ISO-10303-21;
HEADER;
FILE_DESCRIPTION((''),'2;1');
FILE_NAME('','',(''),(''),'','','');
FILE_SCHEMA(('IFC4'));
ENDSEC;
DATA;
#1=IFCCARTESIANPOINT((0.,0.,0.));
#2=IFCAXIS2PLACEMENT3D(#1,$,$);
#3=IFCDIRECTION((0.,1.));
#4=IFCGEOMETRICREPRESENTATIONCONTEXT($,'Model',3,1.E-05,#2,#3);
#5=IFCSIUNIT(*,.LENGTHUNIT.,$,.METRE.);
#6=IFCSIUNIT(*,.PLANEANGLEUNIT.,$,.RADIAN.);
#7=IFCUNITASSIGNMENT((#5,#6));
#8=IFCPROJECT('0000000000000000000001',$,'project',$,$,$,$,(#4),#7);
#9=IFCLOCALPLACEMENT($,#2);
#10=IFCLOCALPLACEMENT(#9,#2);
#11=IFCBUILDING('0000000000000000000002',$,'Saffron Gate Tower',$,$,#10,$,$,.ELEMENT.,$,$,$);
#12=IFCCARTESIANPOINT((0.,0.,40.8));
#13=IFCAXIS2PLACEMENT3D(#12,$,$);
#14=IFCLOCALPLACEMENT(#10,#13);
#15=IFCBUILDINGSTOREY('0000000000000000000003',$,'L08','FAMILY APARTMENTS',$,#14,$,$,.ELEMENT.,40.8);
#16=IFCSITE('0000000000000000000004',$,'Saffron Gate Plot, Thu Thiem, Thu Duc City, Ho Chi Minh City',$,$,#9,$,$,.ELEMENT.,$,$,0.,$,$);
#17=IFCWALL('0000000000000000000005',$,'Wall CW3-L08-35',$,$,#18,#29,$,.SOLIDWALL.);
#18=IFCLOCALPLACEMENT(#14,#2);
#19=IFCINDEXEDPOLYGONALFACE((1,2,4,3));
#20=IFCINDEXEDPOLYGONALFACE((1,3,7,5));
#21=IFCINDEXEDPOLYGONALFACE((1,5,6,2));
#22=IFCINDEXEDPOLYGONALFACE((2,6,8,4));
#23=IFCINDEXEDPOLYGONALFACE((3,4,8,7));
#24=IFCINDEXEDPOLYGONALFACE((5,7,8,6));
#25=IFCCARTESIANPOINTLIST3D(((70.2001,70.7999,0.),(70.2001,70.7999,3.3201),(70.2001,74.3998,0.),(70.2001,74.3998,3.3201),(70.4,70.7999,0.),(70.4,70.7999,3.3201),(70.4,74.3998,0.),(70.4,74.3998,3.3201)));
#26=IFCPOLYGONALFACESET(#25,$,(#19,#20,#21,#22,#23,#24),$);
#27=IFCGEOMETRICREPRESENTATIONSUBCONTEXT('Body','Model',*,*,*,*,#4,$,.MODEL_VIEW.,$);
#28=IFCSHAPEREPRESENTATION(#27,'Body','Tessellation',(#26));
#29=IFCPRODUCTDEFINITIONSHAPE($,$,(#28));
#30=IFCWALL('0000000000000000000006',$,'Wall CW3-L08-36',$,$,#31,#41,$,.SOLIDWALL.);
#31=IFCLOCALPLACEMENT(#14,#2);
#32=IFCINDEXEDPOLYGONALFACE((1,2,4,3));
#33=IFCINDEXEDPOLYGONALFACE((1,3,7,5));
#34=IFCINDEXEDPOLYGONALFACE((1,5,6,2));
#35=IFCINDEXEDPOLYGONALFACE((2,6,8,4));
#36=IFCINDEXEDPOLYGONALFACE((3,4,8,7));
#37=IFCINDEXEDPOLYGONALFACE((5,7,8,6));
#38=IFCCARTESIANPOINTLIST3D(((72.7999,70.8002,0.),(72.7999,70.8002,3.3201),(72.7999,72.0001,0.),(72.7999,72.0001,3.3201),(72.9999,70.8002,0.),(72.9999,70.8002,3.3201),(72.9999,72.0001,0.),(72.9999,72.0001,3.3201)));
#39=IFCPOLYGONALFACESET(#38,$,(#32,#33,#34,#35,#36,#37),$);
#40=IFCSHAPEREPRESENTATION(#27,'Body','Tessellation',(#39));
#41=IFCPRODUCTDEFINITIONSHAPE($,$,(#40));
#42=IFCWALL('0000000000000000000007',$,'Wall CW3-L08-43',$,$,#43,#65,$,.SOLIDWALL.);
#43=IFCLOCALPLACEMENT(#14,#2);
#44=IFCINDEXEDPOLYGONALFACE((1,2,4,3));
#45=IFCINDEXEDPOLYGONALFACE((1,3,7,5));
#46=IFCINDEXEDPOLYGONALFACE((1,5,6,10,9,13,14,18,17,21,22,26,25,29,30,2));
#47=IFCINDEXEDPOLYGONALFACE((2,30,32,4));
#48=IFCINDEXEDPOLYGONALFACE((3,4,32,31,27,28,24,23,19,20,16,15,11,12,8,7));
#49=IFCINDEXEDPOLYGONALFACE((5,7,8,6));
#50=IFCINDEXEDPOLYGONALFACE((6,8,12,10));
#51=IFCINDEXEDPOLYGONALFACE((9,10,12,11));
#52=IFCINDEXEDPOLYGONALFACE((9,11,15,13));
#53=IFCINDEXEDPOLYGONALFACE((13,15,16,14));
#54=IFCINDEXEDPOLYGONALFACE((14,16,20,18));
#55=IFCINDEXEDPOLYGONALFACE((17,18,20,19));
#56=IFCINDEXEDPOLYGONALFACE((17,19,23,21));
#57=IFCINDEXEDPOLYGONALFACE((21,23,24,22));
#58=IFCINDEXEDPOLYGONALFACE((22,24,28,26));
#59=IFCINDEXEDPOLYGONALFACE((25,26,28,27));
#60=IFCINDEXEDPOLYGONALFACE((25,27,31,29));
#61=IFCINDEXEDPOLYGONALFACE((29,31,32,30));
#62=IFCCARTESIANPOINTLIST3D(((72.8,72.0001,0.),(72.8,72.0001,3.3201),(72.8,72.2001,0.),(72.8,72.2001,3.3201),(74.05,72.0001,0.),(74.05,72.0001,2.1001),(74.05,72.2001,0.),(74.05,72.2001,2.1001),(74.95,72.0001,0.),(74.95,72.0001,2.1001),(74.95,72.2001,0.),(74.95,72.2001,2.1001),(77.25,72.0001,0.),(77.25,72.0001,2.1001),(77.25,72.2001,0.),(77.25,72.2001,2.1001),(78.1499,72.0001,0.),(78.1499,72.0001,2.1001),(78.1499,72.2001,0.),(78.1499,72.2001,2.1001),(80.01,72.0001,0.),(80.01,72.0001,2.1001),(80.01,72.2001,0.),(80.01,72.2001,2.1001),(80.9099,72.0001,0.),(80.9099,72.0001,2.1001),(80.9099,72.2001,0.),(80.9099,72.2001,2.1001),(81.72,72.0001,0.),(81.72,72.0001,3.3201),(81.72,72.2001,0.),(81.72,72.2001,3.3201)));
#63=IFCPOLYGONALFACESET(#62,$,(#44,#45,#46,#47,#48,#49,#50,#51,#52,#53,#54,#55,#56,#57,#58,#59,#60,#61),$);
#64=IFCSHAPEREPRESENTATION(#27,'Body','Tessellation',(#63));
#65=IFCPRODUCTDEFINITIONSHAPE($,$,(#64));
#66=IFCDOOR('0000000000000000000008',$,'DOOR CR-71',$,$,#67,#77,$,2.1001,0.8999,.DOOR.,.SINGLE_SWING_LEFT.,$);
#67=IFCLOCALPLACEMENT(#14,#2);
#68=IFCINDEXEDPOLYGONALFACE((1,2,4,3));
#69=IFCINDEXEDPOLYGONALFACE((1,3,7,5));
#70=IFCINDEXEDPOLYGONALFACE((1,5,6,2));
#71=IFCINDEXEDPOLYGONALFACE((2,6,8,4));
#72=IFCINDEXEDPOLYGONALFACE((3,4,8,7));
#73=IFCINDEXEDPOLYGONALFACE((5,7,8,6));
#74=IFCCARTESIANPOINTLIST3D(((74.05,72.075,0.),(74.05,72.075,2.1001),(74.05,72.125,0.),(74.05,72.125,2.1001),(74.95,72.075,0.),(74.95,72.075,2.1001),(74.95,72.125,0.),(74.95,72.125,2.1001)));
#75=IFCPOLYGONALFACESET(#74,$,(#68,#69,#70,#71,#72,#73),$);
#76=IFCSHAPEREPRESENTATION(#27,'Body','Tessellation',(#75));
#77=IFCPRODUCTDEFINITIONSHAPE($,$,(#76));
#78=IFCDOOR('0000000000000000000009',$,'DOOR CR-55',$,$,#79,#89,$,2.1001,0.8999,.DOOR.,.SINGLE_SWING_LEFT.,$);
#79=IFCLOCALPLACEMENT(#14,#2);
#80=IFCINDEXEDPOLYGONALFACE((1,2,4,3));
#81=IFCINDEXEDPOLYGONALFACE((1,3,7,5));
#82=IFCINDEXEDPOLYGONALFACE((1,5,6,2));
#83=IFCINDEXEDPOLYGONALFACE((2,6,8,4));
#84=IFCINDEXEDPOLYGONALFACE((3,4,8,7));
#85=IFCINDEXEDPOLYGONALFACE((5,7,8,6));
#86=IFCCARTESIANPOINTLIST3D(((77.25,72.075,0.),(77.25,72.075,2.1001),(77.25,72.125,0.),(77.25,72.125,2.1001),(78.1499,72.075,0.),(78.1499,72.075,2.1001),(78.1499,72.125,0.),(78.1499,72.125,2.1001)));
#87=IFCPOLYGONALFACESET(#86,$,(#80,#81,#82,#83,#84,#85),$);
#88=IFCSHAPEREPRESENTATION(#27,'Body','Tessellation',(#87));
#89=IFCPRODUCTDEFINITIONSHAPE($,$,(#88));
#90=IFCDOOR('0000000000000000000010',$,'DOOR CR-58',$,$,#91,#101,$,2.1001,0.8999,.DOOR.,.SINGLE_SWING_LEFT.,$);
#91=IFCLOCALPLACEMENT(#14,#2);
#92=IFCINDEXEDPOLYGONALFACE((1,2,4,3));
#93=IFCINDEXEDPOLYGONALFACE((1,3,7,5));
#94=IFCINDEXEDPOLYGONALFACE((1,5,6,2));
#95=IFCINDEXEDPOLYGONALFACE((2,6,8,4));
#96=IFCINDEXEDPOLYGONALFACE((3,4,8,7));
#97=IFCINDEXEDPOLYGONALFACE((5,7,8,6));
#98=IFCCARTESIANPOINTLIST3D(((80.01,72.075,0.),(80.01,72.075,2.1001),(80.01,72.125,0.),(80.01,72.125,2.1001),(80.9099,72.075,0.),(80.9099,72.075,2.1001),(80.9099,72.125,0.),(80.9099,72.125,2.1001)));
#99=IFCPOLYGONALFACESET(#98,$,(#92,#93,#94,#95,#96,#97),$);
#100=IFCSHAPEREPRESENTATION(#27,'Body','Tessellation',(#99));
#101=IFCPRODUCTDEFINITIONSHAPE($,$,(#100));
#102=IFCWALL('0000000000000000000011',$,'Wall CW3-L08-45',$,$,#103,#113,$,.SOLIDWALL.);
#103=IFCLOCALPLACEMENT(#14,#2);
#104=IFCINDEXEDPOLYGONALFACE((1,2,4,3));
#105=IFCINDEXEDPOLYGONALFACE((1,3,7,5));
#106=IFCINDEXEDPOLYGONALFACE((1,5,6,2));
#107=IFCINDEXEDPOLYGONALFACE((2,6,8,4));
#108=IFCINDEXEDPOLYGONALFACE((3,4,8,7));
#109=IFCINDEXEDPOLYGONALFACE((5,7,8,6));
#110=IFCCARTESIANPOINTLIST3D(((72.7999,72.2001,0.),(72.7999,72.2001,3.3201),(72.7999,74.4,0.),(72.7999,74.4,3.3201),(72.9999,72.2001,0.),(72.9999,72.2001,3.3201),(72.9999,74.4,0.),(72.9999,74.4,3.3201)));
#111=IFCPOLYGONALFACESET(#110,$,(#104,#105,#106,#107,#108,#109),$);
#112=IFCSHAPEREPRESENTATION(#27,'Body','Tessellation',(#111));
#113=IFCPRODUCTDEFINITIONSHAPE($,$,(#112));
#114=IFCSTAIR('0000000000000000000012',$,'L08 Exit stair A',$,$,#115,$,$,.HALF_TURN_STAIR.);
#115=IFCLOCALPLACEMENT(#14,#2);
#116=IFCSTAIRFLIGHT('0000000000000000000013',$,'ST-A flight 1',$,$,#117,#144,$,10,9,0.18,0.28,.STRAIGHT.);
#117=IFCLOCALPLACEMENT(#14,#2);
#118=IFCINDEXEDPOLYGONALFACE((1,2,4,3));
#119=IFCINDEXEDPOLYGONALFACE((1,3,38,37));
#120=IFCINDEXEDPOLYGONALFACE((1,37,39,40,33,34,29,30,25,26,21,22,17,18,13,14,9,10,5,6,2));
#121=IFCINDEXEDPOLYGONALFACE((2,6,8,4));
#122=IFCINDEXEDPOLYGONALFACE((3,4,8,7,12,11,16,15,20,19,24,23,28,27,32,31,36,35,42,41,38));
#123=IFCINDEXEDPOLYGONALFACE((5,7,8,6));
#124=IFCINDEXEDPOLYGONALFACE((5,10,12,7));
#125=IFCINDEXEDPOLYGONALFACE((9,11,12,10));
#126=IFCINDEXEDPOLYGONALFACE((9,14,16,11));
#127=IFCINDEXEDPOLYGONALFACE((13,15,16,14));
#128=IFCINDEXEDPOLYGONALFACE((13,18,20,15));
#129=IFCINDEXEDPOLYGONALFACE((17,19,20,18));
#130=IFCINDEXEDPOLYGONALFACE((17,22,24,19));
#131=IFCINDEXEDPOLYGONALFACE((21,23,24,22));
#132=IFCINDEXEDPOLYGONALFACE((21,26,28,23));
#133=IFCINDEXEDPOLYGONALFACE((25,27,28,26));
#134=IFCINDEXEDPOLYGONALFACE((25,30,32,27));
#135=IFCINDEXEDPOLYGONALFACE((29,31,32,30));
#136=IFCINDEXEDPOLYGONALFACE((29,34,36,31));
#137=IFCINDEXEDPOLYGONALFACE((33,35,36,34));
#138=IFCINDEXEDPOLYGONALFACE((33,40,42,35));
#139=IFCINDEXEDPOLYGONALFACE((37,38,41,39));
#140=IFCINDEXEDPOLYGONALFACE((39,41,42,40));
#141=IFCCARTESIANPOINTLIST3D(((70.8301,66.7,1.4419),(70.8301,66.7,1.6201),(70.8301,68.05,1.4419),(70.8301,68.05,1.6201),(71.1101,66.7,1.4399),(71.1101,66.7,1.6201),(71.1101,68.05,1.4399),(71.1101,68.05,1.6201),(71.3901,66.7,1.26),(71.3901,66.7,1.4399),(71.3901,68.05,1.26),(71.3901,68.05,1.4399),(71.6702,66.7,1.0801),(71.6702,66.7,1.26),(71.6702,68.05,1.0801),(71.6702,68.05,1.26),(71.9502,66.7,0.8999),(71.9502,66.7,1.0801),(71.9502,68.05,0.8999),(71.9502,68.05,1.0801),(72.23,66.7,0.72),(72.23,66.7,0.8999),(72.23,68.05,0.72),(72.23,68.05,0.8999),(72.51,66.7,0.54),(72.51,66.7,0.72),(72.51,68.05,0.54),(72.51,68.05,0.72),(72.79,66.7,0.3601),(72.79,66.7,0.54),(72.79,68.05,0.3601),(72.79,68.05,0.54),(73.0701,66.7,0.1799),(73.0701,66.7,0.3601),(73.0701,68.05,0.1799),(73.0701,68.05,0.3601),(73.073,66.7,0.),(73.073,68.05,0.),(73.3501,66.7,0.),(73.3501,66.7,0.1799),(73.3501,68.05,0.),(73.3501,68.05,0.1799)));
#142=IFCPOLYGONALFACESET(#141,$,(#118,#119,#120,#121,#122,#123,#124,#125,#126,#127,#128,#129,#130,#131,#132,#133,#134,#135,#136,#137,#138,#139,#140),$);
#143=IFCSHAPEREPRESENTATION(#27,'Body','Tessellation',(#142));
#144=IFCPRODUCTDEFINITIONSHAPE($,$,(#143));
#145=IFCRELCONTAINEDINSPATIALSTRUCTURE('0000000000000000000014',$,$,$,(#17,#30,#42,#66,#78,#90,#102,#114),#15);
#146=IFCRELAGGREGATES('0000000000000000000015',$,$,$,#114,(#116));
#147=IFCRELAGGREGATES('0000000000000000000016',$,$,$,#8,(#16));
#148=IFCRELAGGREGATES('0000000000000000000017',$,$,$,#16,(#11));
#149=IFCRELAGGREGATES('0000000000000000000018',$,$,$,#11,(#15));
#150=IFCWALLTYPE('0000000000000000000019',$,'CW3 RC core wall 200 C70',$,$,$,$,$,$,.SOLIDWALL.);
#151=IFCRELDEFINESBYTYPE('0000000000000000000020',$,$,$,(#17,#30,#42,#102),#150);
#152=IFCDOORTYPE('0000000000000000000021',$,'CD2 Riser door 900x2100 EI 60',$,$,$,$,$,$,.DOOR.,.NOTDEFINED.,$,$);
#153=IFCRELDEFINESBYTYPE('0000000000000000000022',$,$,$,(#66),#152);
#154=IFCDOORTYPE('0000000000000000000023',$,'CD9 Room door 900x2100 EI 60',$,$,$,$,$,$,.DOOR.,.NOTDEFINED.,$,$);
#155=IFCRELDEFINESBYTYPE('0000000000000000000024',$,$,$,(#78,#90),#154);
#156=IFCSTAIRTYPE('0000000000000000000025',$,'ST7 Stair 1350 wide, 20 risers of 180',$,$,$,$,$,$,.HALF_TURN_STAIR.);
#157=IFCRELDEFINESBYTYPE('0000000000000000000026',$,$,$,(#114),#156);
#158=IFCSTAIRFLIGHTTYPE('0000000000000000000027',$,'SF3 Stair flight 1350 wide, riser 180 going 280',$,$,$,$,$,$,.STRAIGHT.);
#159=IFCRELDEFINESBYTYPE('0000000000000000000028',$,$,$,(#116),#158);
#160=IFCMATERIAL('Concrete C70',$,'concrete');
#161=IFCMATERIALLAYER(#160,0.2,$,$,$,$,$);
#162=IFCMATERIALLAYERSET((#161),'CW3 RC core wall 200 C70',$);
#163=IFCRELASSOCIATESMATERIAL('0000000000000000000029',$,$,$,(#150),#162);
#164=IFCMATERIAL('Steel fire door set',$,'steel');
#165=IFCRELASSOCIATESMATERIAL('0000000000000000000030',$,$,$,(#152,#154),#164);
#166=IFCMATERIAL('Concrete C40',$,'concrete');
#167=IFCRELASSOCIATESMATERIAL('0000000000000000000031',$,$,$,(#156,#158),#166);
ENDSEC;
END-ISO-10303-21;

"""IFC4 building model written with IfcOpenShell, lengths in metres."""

from ifc_helpers import new_model, si_unit, direction, frame, frame_2d, origin, place, context, subcontext, project, spatial, polyline, rectangle, outline, extrude, material, layer, layer_set, type_object, element, fill, aggregate, save


model = new_model("IFC4")

# Units and contexts
model_context = context("Model", 3, precision=1e-05, world=origin(), true_north=direction((0.0, 1.0)))
body_context = subcontext(model_context, "Body", "Model", "MODEL_VIEW")
ifc_project = project(units=[si_unit("LENGTHUNIT", "METRE"), si_unit("PLANEANGLEUNIT", "RADIAN")], contexts=[model_context])

# Site, building, storey
site_placement = place(None, origin())
site = spatial("IfcSite", under=ifc_project, at=site_placement, Name="Saffron Gate Plot, Thu Thiem, Thu Duc City, Ho Chi Minh City", CompositionType="ELEMENT", RefElevation=0.0)
building_placement = place(site_placement, origin())
building = spatial("IfcBuilding", under=site, at=building_placement, Name="Saffron Gate Tower", CompositionType="ELEMENT")
storey_placement = place(building_placement, frame((0.0, 0.0, 40.8)))
storey = spatial("IfcBuildingStorey", under=building, at=storey_placement, Name="L08", Description="FAMILY APARTMENTS", CompositionType="ELEMENT", Elevation=40.8)

# Walls
ifc_material_1 = material(Name="Concrete C70", Category="concrete")
ifc_layer = layer(ifc_material_1, 0.2)
ifc_layer_set = layer_set([ifc_layer], Name="CW3 RC core wall 200 C70")
wall_type = type_object("IfcWallType", Name="CW3 RC core wall 200 C70", PredefinedType="SOLIDWALL", material=ifc_layer_set)
wall_1_placement = place(storey_placement, frame((70.3, 70.8, 0.0), z_axis=(0.0, 0.0, 1.0), x_axis=(0.0, 1.0, 0.0)))
element("IfcWall", 1, at=wall_1_placement, inside=storey, type_object=wall_type, Name="Wall CW3-L08-35", PredefinedType="SOLIDWALL", context=body_context, shape_type="SweptSolid", body=[
    extrude(rectangle(XDim=3.5999, YDim=0.2, at=frame_2d((1.7998, 0.0))), origin(), (0.0, 0.0, 1.0), 3.3201),
])
wall_2_placement = place(storey_placement, frame((72.8999, 70.8, 0.0), z_axis=(0.0, 0.0, 1.0), x_axis=(0.0, 1.0, 0.0)))
element("IfcWall", 2, at=wall_2_placement, inside=storey, type_object=wall_type, Name="Wall CW3-L08-36", PredefinedType="SOLIDWALL", context=body_context, shape_type="SweptSolid", body=[
    extrude(rectangle(XDim=1.2, YDim=0.2, at=frame_2d((0.6001, 0.0))), origin(), (0.0, 0.0, 1.0), 3.3201),
])

# Wall, openings, doors
wall_3_placement = place(storey_placement, frame((72.8, 72.1001, 0.0), z_axis=(0.0, 0.0, 1.0), x_axis=(1.0, 0.0, 0.0)))
wall_3 = element("IfcWall", 3, at=wall_3_placement, inside=storey, type_object=wall_type, Name="Wall CW3-L08-43", PredefinedType="SOLIDWALL", context=body_context, shape_type="SweptSolid", body=[
    extrude(rectangle(XDim=8.9199, YDim=0.2, at=frame_2d((4.46, 0.0))), origin(), (0.0, 0.0, 1.0), 3.3201),
])
opening_1_placement = place(wall_3_placement, frame((1.25, 0.0, 0.0)))
opening_1 = element("IfcOpeningElement", 4, at=opening_1_placement, cuts=wall_3, PredefinedType="OPENING", context=body_context, shape_type="SweptSolid", body=[
    extrude(rectangle(XDim=0.8999, YDim=2.1001, at=frame_2d((0.45, 1.05))), frame((0.0, 0.1099, 0.0), z_axis=(0.0, -1.0, 0.0), x_axis=(1.0, 0.0, 0.0)), (0.0, 0.0, 1.0), 0.22),
])
opening_2_placement = place(wall_3_placement, frame((4.45, 0.0, 0.0)))
opening_2 = element("IfcOpeningElement", 5, at=opening_2_placement, cuts=wall_3, PredefinedType="OPENING", context=body_context, shape_type="SweptSolid", body=[
    extrude(rectangle(XDim=0.8999, YDim=2.1001, at=frame_2d((0.45, 1.05))), frame((0.0, 0.1099, 0.0), z_axis=(0.0, -1.0, 0.0), x_axis=(1.0, 0.0, 0.0)), (0.0, 0.0, 1.0), 0.22),
])
opening_3_placement = place(wall_3_placement, frame((7.21, 0.0, 0.0)))
opening_3 = element("IfcOpeningElement", 6, at=opening_3_placement, cuts=wall_3, PredefinedType="OPENING", context=body_context, shape_type="SweptSolid", body=[
    extrude(rectangle(XDim=0.8999, YDim=2.1001, at=frame_2d((0.45, 1.05))), frame((0.0, 0.1099, 0.0), z_axis=(0.0, -1.0, 0.0), x_axis=(1.0, 0.0, 0.0)), (0.0, 0.0, 1.0), 0.22),
])
ifc_material_2 = material(Name="Steel fire door set", Category="steel")
door_type_1 = type_object("IfcDoorType", Name="CD2 Riser door 900x2100 EI 60", OperationType="NOTDEFINED", PredefinedType="DOOR", material=ifc_material_2)
door_1_placement = place(opening_1_placement, origin())
door_1 = element("IfcDoor", 7, at=door_1_placement, inside=storey, type_object=door_type_1, Name="DOOR CR-71", OperationType="SINGLE_SWING_LEFT", OverallHeight=2.1001, OverallWidth=0.8999, PredefinedType="DOOR", context=body_context, shape_type="SweptSolid", body=[
    extrude(rectangle(XDim=0.8999, YDim=2.1001, at=frame_2d((0.45, 1.05))), frame((0.0, 0.0249, 0.0), z_axis=(0.0, -1.0, 0.0), x_axis=(1.0, 0.0, 0.0)), (0.0, 0.0, 1.0), 0.05),
])
fill(opening_1, door_1)
door_type_2 = type_object("IfcDoorType", Name="CD9 Room door 900x2100 EI 60", OperationType="NOTDEFINED", PredefinedType="DOOR", material=ifc_material_2)
door_2_placement = place(opening_2_placement, origin())
door_2 = element("IfcDoor", 8, at=door_2_placement, inside=storey, type_object=door_type_2, Name="DOOR CR-55", OperationType="SINGLE_SWING_LEFT", OverallHeight=2.1001, OverallWidth=0.8999, PredefinedType="DOOR", context=body_context, shape_type="SweptSolid", body=[
    extrude(rectangle(XDim=0.8999, YDim=2.1001, at=frame_2d((0.45, 1.05))), frame((0.0, 0.0249, 0.0), z_axis=(0.0, -1.0, 0.0), x_axis=(1.0, 0.0, 0.0)), (0.0, 0.0, 1.0), 0.05),
])
fill(opening_2, door_2)
door_3_placement = place(opening_3_placement, origin())
door_3 = element("IfcDoor", 9, at=door_3_placement, inside=storey, type_object=door_type_2, Name="DOOR CR-58", OperationType="SINGLE_SWING_LEFT", OverallHeight=2.1001, OverallWidth=0.8999, PredefinedType="DOOR", context=body_context, shape_type="SweptSolid", body=[
    extrude(rectangle(XDim=0.8999, YDim=2.1001, at=frame_2d((0.45, 1.05))), frame((0.0, 0.0249, 0.0), z_axis=(0.0, -1.0, 0.0), x_axis=(1.0, 0.0, 0.0)), (0.0, 0.0, 1.0), 0.05),
])
fill(opening_3, door_3)

# Wall
wall_4_placement = place(storey_placement, frame((72.8999, 72.2, 0.0), z_axis=(0.0, 0.0, 1.0), x_axis=(0.0, 1.0, 0.0)))
element("IfcWall", 10, at=wall_4_placement, inside=storey, type_object=wall_type, Name="Wall CW3-L08-45", PredefinedType="SOLIDWALL", context=body_context, shape_type="SweptSolid", body=[
    extrude(rectangle(XDim=2.2, YDim=0.2, at=frame_2d((1.1001, 0.0))), origin(), (0.0, 0.0, 1.0), 3.3201),
])

# Stair, stair flight
ifc_material_3 = material(Name="Concrete C40", Category="concrete")
stair_type = type_object("IfcStairType", Name="ST7 Stair 1350 wide, 20 risers of 180", PredefinedType="HALF_TURN_STAIR", material=ifc_material_3)
stair_placement = place(storey_placement, origin())
stair = element("IfcStair", 11, at=stair_placement, inside=storey, type_object=stair_type, Name="L08 Exit stair A", PredefinedType="HALF_TURN_STAIR")
stair_flight_type = type_object("IfcStairFlightType", Name="SF3 Stair flight 1350 wide, riser 180 going 280", PredefinedType="STRAIGHT", material=ifc_material_3)
stair_flight_placement = place(storey_placement, frame((73.3501, 67.375, 0.0), z_axis=(0.0, 0.0, 1.0), x_axis=(-1.0, 0.0, 0.0)))
stair_flight = element("IfcStairFlight", 12, at=stair_flight_placement, type_object=stair_flight_type, Name="ST-A flight 1", NumberOfRisers=10, NumberOfTreads=9, PredefinedType="STRAIGHT", RiserHeight=0.18, TreadLength=0.28, context=body_context, shape_type="SweptSolid", body=[
    extrude(outline(polyline([(0.0, 0.0), (0.0, 0.1799), (0.28, 0.1799), (0.28, 0.3601), (0.5601, 0.3601), (0.5601, 0.54), (0.8401, 0.54), (0.8401, 0.72), (1.1201, 0.72), (1.1201, 0.8999), (1.3999, 0.8999), (1.3999, 1.0801), (1.6799, 1.0801), (1.6799, 1.26), (1.96, 1.26), (1.96, 1.4399), (2.24, 1.4399), (2.24, 1.6201), (2.52, 1.6201), (2.52, 1.8), (2.52, 1.4419), (0.2771, 0.0), (0.0, 0.0)])), frame((0.0, 0.675, 0.0), z_axis=(0.0, -1.0, 0.0), x_axis=(1.0, 0.0, 0.0)), (0.0, 0.0, 1.0), 1.3501),
])
aggregate(stair, [stair_flight])

save(model, "model.ifc")
